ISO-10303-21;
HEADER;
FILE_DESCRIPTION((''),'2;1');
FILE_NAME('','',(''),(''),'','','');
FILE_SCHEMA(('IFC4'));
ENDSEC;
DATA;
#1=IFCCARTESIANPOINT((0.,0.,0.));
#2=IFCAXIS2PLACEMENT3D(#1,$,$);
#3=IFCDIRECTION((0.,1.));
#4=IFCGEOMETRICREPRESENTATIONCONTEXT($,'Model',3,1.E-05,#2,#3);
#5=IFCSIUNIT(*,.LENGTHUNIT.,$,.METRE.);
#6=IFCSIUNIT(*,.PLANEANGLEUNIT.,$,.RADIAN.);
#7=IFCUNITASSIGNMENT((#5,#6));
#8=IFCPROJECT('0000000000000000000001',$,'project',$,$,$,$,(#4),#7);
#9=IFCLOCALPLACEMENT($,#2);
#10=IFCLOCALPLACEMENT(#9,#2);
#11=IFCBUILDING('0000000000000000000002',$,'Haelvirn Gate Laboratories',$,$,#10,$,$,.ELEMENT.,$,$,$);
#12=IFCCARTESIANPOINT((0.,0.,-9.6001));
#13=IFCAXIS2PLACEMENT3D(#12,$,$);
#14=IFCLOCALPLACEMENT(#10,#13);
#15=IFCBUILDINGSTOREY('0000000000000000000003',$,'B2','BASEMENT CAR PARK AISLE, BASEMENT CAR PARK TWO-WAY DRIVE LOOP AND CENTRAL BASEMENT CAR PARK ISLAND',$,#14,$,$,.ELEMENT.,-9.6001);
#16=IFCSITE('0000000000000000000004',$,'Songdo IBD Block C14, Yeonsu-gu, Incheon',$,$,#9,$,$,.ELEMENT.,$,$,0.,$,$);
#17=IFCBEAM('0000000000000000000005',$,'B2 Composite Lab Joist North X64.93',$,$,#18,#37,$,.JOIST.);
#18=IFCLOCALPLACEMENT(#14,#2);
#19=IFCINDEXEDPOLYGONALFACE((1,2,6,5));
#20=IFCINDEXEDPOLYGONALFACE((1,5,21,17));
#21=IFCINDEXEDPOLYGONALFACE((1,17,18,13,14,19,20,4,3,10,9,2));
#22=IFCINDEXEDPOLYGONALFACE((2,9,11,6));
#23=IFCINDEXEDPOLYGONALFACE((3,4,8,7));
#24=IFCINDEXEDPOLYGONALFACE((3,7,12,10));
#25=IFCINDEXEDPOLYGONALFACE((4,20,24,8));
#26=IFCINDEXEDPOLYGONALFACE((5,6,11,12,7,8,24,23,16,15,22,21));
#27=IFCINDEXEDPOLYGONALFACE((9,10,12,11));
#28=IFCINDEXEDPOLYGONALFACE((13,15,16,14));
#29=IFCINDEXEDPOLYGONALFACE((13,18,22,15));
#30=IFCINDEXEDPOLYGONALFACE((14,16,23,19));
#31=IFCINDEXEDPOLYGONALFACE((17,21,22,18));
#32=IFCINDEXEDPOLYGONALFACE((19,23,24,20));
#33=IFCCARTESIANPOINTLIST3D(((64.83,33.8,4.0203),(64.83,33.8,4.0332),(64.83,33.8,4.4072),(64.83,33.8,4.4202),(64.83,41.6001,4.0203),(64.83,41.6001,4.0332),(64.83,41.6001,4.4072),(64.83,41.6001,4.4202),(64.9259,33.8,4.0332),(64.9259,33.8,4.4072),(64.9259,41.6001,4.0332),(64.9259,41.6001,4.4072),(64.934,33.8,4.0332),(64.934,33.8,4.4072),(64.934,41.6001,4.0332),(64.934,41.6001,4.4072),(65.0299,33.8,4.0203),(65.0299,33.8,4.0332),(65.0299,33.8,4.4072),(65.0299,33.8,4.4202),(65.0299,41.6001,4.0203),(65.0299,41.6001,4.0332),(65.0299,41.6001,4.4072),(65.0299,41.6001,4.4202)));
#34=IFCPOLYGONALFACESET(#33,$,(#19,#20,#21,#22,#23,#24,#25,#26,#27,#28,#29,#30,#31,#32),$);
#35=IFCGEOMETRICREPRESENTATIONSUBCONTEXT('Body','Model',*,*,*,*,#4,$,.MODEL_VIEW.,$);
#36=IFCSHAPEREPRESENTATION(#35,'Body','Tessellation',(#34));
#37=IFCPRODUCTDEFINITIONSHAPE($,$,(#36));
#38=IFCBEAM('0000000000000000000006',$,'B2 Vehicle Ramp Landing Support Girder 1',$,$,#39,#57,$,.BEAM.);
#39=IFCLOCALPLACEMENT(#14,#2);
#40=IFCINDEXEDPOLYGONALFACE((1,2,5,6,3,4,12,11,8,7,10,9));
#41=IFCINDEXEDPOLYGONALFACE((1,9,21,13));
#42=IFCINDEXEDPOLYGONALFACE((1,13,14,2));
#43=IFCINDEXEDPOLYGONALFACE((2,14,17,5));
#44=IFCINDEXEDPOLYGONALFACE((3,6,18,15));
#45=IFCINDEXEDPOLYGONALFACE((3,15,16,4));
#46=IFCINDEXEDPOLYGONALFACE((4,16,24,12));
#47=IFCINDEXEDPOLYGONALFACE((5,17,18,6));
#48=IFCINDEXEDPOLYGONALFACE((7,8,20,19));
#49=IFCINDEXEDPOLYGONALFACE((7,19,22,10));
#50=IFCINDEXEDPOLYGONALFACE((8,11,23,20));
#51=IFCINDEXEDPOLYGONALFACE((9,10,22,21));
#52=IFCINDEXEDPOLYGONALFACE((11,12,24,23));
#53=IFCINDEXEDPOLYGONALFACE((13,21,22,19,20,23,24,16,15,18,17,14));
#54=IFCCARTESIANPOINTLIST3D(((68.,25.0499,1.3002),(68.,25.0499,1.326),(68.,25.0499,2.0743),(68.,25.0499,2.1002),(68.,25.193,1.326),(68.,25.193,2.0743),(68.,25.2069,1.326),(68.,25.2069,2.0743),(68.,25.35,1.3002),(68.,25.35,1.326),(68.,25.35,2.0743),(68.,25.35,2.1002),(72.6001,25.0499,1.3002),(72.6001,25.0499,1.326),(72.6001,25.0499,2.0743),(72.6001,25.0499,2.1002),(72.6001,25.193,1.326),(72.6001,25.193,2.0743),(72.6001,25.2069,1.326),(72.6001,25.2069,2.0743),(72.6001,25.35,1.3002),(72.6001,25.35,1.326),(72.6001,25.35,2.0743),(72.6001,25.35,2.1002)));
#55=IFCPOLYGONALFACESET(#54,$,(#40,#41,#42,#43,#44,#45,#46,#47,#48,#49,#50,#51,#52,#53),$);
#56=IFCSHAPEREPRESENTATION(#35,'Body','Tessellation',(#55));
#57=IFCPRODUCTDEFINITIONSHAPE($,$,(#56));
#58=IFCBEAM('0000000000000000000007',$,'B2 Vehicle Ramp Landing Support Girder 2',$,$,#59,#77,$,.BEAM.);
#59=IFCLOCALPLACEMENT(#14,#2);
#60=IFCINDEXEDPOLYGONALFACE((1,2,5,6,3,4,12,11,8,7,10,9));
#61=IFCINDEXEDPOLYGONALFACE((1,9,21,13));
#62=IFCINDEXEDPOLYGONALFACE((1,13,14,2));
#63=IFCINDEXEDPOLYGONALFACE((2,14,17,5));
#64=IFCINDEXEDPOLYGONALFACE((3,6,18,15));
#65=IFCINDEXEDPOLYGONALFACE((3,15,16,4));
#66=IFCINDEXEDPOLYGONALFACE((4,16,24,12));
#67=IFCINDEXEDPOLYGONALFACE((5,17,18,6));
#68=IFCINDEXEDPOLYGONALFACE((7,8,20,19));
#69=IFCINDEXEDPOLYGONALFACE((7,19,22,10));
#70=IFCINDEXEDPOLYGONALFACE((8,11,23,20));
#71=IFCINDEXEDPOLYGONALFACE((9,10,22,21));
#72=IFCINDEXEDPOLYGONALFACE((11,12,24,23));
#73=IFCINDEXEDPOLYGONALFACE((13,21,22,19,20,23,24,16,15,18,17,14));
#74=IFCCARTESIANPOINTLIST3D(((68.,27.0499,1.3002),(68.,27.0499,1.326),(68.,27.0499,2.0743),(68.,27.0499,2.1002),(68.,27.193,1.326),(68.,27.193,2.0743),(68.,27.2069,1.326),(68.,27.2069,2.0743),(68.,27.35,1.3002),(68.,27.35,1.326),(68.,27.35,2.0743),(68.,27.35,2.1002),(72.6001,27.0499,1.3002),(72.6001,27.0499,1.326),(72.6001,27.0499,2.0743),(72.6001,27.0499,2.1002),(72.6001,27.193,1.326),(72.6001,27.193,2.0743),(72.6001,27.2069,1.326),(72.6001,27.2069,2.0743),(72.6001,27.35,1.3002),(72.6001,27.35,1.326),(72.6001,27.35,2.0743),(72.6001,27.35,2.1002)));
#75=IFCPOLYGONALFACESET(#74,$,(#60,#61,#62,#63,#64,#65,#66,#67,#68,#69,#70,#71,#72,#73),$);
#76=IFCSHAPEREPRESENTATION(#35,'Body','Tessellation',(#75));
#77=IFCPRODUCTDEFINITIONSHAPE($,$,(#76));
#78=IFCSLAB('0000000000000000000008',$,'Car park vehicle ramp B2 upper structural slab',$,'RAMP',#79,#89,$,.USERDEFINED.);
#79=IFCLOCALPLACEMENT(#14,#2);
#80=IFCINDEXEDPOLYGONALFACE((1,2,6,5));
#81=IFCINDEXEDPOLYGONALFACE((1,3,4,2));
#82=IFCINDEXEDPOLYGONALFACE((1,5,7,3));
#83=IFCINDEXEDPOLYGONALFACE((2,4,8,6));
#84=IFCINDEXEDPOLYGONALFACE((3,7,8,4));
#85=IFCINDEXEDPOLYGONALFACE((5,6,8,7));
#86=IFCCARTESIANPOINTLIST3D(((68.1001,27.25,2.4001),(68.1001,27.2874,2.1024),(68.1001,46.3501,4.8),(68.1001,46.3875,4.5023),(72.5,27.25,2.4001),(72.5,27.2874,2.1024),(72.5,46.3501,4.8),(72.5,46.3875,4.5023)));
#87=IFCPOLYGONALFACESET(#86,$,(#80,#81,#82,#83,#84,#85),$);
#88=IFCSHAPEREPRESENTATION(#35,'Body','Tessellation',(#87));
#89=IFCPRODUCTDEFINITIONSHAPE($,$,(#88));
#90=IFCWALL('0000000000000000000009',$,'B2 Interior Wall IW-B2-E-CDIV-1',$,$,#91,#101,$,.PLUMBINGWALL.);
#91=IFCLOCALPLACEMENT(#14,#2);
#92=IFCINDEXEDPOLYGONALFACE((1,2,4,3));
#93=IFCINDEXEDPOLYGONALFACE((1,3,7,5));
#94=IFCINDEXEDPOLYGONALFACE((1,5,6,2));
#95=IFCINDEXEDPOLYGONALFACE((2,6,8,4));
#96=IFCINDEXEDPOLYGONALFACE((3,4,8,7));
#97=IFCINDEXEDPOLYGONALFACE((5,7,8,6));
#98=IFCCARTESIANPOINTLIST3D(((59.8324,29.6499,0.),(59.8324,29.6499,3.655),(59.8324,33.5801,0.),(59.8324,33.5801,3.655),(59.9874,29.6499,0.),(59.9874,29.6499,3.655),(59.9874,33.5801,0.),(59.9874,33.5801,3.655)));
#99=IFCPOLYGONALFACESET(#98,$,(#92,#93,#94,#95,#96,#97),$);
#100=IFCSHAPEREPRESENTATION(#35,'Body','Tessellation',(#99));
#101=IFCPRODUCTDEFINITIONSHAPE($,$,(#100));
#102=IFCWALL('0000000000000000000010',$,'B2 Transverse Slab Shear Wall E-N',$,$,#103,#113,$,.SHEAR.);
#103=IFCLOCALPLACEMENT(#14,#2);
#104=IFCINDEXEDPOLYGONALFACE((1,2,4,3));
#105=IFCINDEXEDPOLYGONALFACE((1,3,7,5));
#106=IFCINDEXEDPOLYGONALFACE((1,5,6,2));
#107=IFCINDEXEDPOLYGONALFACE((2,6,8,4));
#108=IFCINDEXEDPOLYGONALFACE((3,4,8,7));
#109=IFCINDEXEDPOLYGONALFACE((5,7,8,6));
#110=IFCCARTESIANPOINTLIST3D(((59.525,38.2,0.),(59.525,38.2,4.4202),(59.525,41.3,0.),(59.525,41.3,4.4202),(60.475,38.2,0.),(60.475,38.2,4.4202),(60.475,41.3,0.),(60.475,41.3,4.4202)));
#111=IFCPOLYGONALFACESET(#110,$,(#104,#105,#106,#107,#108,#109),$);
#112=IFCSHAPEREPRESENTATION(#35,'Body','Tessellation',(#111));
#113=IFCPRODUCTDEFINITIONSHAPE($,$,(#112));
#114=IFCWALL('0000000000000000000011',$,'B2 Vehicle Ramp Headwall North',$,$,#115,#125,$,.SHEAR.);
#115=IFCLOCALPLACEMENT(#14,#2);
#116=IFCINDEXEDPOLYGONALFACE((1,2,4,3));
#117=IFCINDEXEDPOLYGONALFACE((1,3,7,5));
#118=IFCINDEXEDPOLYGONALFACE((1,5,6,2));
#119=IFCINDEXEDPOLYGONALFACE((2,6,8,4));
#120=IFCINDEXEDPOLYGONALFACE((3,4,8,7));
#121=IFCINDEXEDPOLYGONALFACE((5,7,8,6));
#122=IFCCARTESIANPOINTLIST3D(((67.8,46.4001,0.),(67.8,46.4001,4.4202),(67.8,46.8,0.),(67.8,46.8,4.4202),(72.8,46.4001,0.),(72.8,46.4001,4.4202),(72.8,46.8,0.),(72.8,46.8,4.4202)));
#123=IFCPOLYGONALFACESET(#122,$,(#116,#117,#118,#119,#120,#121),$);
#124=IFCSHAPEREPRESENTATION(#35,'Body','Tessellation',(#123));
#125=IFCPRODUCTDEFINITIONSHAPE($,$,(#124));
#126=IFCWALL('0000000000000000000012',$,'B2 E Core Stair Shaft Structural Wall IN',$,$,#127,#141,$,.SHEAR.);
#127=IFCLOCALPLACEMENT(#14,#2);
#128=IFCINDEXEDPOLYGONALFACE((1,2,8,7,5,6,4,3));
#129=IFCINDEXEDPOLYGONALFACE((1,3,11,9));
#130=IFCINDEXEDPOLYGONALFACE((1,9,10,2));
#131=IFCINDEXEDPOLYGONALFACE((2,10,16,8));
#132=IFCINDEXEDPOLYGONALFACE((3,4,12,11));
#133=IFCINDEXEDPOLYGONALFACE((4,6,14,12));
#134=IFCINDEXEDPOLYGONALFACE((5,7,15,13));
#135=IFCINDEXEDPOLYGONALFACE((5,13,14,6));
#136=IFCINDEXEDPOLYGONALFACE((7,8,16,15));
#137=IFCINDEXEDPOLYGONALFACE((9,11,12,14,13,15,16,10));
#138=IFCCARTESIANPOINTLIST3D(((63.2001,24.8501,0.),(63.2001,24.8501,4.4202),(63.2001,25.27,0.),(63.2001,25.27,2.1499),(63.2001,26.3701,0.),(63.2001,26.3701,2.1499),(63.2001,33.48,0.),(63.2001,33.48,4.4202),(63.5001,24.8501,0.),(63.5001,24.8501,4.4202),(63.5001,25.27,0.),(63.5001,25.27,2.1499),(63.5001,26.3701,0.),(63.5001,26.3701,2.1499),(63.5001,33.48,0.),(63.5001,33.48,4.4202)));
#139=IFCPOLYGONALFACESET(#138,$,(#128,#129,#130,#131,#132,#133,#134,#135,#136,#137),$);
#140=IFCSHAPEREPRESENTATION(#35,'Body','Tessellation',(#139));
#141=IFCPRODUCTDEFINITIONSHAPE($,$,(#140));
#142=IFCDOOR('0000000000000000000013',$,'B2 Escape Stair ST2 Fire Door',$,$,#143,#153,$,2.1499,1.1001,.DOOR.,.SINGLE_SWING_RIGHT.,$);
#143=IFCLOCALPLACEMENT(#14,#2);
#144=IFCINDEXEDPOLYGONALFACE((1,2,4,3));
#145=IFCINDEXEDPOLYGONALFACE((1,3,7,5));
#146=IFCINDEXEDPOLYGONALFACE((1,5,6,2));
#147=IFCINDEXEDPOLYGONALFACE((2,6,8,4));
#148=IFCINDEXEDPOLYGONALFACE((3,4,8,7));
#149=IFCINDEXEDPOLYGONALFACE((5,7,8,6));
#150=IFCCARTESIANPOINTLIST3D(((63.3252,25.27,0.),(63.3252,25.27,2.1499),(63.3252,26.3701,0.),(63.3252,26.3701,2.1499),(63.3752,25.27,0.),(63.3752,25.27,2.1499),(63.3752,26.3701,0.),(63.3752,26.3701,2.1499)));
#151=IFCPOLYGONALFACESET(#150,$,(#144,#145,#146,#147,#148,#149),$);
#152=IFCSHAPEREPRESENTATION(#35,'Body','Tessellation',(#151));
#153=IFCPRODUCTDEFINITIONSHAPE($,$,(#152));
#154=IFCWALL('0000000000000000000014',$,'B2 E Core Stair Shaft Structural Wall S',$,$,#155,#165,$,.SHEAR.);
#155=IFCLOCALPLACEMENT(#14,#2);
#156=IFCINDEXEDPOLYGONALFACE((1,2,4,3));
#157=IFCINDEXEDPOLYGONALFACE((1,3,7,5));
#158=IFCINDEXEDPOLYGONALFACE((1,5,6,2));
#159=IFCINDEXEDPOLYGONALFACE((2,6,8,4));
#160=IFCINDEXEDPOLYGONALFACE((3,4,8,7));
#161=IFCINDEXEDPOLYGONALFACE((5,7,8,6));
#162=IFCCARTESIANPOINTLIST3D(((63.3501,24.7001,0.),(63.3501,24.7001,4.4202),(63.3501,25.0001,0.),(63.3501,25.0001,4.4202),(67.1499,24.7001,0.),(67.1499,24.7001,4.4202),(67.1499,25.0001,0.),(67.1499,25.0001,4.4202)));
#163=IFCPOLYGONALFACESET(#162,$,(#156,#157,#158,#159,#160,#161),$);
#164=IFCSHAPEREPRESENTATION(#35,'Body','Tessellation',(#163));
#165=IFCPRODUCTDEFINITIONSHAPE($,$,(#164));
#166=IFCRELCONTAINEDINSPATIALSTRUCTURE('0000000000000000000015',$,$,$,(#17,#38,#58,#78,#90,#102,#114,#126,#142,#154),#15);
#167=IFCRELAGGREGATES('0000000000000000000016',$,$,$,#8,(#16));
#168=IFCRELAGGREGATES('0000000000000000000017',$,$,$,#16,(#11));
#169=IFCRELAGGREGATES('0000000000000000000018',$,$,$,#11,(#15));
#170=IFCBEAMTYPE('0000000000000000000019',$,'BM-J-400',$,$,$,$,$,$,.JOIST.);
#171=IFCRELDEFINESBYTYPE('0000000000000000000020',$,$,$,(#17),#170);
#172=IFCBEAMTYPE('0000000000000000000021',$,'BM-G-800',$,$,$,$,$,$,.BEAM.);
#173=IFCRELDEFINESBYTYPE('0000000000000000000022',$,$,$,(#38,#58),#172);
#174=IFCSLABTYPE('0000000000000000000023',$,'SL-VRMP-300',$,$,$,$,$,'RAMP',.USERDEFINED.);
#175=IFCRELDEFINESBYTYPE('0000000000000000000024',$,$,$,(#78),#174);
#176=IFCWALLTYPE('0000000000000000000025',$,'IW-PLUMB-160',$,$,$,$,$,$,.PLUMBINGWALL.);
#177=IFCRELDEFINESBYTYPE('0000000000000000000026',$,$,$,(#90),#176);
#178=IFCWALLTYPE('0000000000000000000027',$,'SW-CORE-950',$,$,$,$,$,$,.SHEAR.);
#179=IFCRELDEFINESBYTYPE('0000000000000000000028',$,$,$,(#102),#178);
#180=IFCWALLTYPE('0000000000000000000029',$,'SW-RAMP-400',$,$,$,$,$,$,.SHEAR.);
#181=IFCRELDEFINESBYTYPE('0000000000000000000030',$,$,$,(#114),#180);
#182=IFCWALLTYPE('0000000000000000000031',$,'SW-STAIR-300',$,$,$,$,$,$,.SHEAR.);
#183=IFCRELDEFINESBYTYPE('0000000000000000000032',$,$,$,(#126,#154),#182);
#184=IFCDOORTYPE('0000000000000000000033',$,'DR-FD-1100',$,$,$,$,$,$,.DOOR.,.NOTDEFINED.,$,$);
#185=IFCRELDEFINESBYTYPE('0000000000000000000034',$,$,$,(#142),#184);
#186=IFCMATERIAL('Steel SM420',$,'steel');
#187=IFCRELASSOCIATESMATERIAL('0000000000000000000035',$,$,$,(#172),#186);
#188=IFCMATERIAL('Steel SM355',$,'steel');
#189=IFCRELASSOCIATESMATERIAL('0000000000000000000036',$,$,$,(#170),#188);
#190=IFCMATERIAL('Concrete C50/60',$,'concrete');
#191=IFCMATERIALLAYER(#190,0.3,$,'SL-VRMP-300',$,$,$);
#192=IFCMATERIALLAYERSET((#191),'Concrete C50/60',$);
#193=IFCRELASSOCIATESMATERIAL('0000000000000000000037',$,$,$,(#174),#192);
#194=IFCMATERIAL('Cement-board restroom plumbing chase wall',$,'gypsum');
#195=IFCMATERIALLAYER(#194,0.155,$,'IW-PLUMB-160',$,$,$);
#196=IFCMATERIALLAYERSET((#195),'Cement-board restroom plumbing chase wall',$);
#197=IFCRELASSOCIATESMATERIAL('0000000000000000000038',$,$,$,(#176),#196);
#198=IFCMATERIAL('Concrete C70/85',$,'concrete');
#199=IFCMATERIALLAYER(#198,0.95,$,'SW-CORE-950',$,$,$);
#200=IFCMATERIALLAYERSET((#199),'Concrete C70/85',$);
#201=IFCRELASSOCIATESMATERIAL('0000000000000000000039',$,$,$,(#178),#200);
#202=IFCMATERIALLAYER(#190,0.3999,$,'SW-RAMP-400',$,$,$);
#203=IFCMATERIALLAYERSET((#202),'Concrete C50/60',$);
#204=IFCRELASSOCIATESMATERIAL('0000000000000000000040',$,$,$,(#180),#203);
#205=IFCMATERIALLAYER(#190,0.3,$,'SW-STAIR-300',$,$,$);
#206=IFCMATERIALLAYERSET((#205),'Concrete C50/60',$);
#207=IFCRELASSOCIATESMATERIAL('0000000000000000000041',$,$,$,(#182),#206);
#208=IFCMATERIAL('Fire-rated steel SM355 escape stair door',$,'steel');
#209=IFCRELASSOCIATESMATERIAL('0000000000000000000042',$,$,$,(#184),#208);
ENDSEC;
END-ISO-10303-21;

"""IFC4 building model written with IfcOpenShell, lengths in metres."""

from ifc_helpers import new_model, si_unit, direction, frame, frame_2d, origin, origin_2d, place, context, subcontext, project, spatial, polyline, rectangle, i_section, outline, extrude, source, transform, mapped, material, layer, layer_set, material_profile, profile_set, type_object, type_shapes, element, fill, save


model = new_model("IFC4")

# Units and contexts
model_context = context("Model", 3, precision=1e-05, world=origin(), true_north=direction((0.0, 1.0)))
body_context = subcontext(model_context, "Body", "Model", "MODEL_VIEW")
ifc_project = project(units=[si_unit("LENGTHUNIT", "METRE"), si_unit("PLANEANGLEUNIT", "RADIAN")], contexts=[model_context])

# Site, building, storey
site_placement = place(None, origin())
site = spatial("IfcSite", under=ifc_project, at=site_placement, Name="Songdo IBD Block C14, Yeonsu-gu, Incheon", CompositionType="ELEMENT", RefElevation=0.0)
building_placement = place(site_placement, origin())
building = spatial("IfcBuilding", under=site, at=building_placement, Name="Haelvirn Gate Laboratories", CompositionType="ELEMENT")
storey_placement = place(building_placement, frame((0.0, 0.0, -9.6001)))
storey = spatial("IfcBuildingStorey", under=building, at=storey_placement, Name="B2", Description="BASEMENT CAR PARK AISLE, BASEMENT CAR PARK TWO-WAY DRIVE LOOP AND CENTRAL BASEMENT CAR PARK ISLAND", CompositionType="ELEMENT", Elevation=-9.6001)

# Shared definitions
ifc_material_1 = material(Name="Concrete C70/85", Category="concrete")

# Beams
ifc_material_2 = material(Name="Steel SM420", Category="steel")
ifc_material_profile_1 = material_profile(ifc_material_2, i_section(OverallWidth=0.3, OverallDepth=0.8, WebThickness=0.0139, FlangeThickness=0.0259, at=origin_2d()), Name="H-800x300x14x26")
ifc_profile_set_1 = profile_set([ifc_material_profile_1], Name="Steel SM420")
beam_type_1 = type_object("IfcBeamType", Name="BM-G-800", PredefinedType="BEAM", material=ifc_profile_set_1)
ifc_material_3 = material(Name="Steel SM355", Category="steel")
ifc_material_profile_2 = material_profile(ifc_material_3, i_section(OverallWidth=0.2, OverallDepth=0.3999, WebThickness=0.0081, FlangeThickness=0.0129, at=origin_2d()), Name="H-400x200x8x13")
ifc_profile_set_2 = profile_set([ifc_material_profile_2], Name="Steel SM355")
beam_type_2 = type_object("IfcBeamType", Name="BM-J-400", PredefinedType="JOIST", material=ifc_profile_set_2)
shared_shape_1 = source(origin(), body_context, "Body", "SweptSolid", [
    extrude(i_section(OverallWidth=0.2, OverallDepth=0.3999, WebThickness=0.0081, FlangeThickness=0.0129, at=origin_2d()), origin(), (0.0, 0.0, 1.0), 7.8),
])
type_shapes(beam_type_2, [shared_shape_1])
for number, where, z_axis, x_axis, name in (
    (1, (64.9299, 33.8, 4.2202), (0.0, 1.0, 0.0), (-1.0, 0.0, 0.0), "B2 Composite Lab Joist North X64.93"),
):
    element("IfcBeam", number, at=place(storey_placement, frame(where, z_axis=z_axis, x_axis=x_axis)), inside=storey, type_object=beam_type_2, Name=name, PredefinedType="JOIST", context=body_context, shape_type="MappedRepresentation", body=[
        mapped(shared_shape_1, transform((0.0, 0.0, 0.0), scale=1.0)),
    ])
shared_shape_2 = source(origin(), body_context, "Body", "SweptSolid", [
    extrude(i_section(OverallWidth=0.3, OverallDepth=0.8, WebThickness=0.0139, FlangeThickness=0.0259, at=origin_2d()), origin(), (0.0, 0.0, 1.0), 4.6001),
])
for number, where, z_axis, x_axis, name in (
    (2, (68.0, 25.2, 1.7002), (1.0, 0.0, 0.0), (0.0, 1.0, 0.0), "B2 Vehicle Ramp Landing Support Girder 1"),
    (3, (68.0, 27.2, 1.7002), (1.0, 0.0, 0.0), (0.0, 1.0, 0.0), "B2 Vehicle Ramp Landing Support Girder 2"),
):
    element("IfcBeam", number, at=place(storey_placement, frame(where, z_axis=z_axis, x_axis=x_axis)), inside=storey, type_object=beam_type_1, Name=name, PredefinedType="BEAM", context=body_context, shape_type="MappedRepresentation", body=[
        mapped(shared_shape_2, transform((0.0, 0.0, 0.0), scale=1.0)),
    ])

# Slab
ifc_material_4 = material(Name="Concrete C50/60", Category="concrete")
ifc_layer_1 = layer(ifc_material_4, 0.3, Name="SL-VRMP-300")
ifc_layer_set_1 = layer_set([ifc_layer_1], Name="Concrete C50/60")
slab_type = type_object("IfcSlabType", Name="SL-VRMP-300", ElementType="RAMP", PredefinedType="USERDEFINED", material=ifc_layer_set_1)
slab_placement = place(storey_placement, frame((68.1001, 27.25, 2.4001), z_axis=(0.0, -0.124668, 0.992198), x_axis=(1.0, 0.0, 0.0)))
element("IfcSlab", 4, at=slab_placement, inside=storey, type_object=slab_type, Name="Car park vehicle ramp B2 upper structural slab", ObjectType="RAMP", PredefinedType="USERDEFINED", context=body_context, shape_type="SweptSolid", body=[
    extrude(outline(polyline([(0.0, 0.0), (4.3999, 0.0), (4.3999, 19.2502), (0.0, 19.2502), (0.0, 0.0)])), origin(), (0.0, 0.0, -1.0), 0.3),
])

# Walls
ifc_material_5 = material(Name="Cement-board restroom plumbing chase wall", Category="gypsum")
ifc_layer_2 = layer(ifc_material_5, 0.155, Name="IW-PLUMB-160")
ifc_layer_set_2 = layer_set([ifc_layer_2], Name="Cement-board restroom plumbing chase wall")
wall_type_1 = type_object("IfcWallType", Name="IW-PLUMB-160", PredefinedType="PLUMBINGWALL", material=ifc_layer_set_2)
wall_1_placement = place(storey_placement, frame((59.9099, 29.6499, 0.0), z_axis=(0.0, 0.0, 1.0), x_axis=(0.0, 1.0, 0.0)))
element("IfcWall", 5, at=wall_1_placement, inside=storey, type_object=wall_type_1, Name="B2 Interior Wall IW-B2-E-CDIV-1", PredefinedType="PLUMBINGWALL", context=body_context, shape_type="SweptSolid", body=[
    extrude(rectangle(XDim=3.9302, YDim=0.155, at=frame_2d((1.9651, 0.0))), origin(), (0.0, 0.0, 1.0), 3.655),
])
ifc_layer_3 = layer(ifc_material_1, 0.95, Name="SW-CORE-950")
ifc_layer_set_3 = layer_set([ifc_layer_3], Name="Concrete C70/85")
wall_type_2 = type_object("IfcWallType", Name="SW-CORE-950", PredefinedType="SHEAR", material=ifc_layer_set_3)
wall_2_placement = place(storey_placement, frame((60.0, 38.2, 0.0), z_axis=(0.0, 0.0, 1.0), x_axis=(0.0, 1.0, 0.0)))
element("IfcWall", 6, at=wall_2_placement, inside=storey, type_object=wall_type_2, Name="B2 Transverse Slab Shear Wall E-N", PredefinedType="SHEAR", context=body_context, shape_type="SweptSolid", body=[
    extrude(rectangle(XDim=3.1001, YDim=0.95, at=frame_2d((1.55, 0.0))), origin(), (0.0, 0.0, 1.0), 4.4202),
])
ifc_layer_4 = layer(ifc_material_4, 0.3999, Name="SW-RAMP-400")
ifc_layer_set_4 = layer_set([ifc_layer_4], Name="Concrete C50/60")
wall_type_3 = type_object("IfcWallType", Name="SW-RAMP-400", PredefinedType="SHEAR", material=ifc_layer_set_4)
wall_3_placement = place(storey_placement, frame((67.8, 46.6001, 0.0), z_axis=(0.0, 0.0, 1.0), x_axis=(1.0, 0.0, 0.0)))
element("IfcWall", 7, at=wall_3_placement, inside=storey, type_object=wall_type_3, Name="B2 Vehicle Ramp Headwall North", PredefinedType="SHEAR", context=body_context, shape_type="SweptSolid", body=[
    extrude(rectangle(XDim=5.0, YDim=0.3999, at=frame_2d((2.5, 0.0))), origin(), (0.0, 0.0, 1.0), 4.4202),
])

# Wall, opening, door
ifc_layer_5 = layer(ifc_material_4, 0.3, Name="SW-STAIR-300")
ifc_layer_set_5 = layer_set([ifc_layer_5], Name="Concrete C50/60")
wall_type_4 = type_object("IfcWallType", Name="SW-STAIR-300", PredefinedType="SHEAR", material=ifc_layer_set_5)
wall_4_placement = place(storey_placement, frame((63.3501, 24.8501, 0.0), z_axis=(0.0, 0.0, 1.0), x_axis=(0.0, 1.0, 0.0)))
wall_4 = element("IfcWall", 8, at=wall_4_placement, inside=storey, type_object=wall_type_4, Name="B2 E Core Stair Shaft Structural Wall IN", PredefinedType="SHEAR", context=body_context, shape_type="SweptSolid", body=[
    extrude(rectangle(XDim=8.6299, YDim=0.3, at=frame_2d((4.3149, 0.0))), origin(), (0.0, 0.0, 1.0), 4.4202),
])
opening_placement = place(wall_4_placement, frame((0.4199, 0.0, 0.0)))
opening = element("IfcOpeningElement", 9, at=opening_placement, cuts=wall_4, PredefinedType="OPENING", context=body_context, shape_type="SweptSolid", body=[
    extrude(rectangle(XDim=1.1001, YDim=2.1499, at=frame_2d((0.55, 1.075))), frame((0.0, 0.1602, 0.0), z_axis=(0.0, -1.0, 0.0), x_axis=(1.0, 0.0, 0.0)), (0.0, 0.0, 1.0), 0.3201),
])
ifc_material_6 = material(Name="Fire-rated steel SM355 escape stair door", Category="steel")
door_type = type_object("IfcDoorType", Name="DR-FD-1100", OperationType="NOTDEFINED", PredefinedType="DOOR", material=ifc_material_6)
shared_shape_3 = source(origin(), body_context, "Body", "SweptSolid", [
    extrude(rectangle(XDim=1.1001, YDim=2.1499, at=frame_2d((0.55, 1.075))), frame((0.0, 0.0249, 0.0), z_axis=(0.0, -1.0, 0.0), x_axis=(1.0, 0.0, 0.0)), (0.0, 0.0, 1.0), 0.05),
])
type_shapes(door_type, [shared_shape_3])
door_placement = place(opening_placement, origin())
door = element("IfcDoor", 10, at=door_placement, inside=storey, type_object=door_type, Name="B2 Escape Stair ST2 Fire Door", OperationType="SINGLE_SWING_RIGHT", OverallHeight=2.1499, OverallWidth=1.1001, PredefinedType="DOOR", context=body_context, shape_type="MappedRepresentation", body=[
    mapped(shared_shape_3, transform((0.0, 0.0, 0.0), scale=1.0)),
])
fill(opening, door)

# Wall
wall_5_placement = place(storey_placement, frame((63.3501, 24.8501, 0.0), z_axis=(0.0, 0.0, 1.0), x_axis=(1.0, 0.0, 0.0)))
element("IfcWall", 11, at=wall_5_placement, inside=storey, type_object=wall_type_4, Name="B2 E Core Stair Shaft Structural Wall S", PredefinedType="SHEAR", context=body_context, shape_type="SweptSolid", body=[
    extrude(rectangle(XDim=3.7998, YDim=0.3, at=frame_2d((1.8999, 0.0))), origin(), (0.0, 0.0, 1.0), 4.4202),
])

save(model, "model.ifc")
